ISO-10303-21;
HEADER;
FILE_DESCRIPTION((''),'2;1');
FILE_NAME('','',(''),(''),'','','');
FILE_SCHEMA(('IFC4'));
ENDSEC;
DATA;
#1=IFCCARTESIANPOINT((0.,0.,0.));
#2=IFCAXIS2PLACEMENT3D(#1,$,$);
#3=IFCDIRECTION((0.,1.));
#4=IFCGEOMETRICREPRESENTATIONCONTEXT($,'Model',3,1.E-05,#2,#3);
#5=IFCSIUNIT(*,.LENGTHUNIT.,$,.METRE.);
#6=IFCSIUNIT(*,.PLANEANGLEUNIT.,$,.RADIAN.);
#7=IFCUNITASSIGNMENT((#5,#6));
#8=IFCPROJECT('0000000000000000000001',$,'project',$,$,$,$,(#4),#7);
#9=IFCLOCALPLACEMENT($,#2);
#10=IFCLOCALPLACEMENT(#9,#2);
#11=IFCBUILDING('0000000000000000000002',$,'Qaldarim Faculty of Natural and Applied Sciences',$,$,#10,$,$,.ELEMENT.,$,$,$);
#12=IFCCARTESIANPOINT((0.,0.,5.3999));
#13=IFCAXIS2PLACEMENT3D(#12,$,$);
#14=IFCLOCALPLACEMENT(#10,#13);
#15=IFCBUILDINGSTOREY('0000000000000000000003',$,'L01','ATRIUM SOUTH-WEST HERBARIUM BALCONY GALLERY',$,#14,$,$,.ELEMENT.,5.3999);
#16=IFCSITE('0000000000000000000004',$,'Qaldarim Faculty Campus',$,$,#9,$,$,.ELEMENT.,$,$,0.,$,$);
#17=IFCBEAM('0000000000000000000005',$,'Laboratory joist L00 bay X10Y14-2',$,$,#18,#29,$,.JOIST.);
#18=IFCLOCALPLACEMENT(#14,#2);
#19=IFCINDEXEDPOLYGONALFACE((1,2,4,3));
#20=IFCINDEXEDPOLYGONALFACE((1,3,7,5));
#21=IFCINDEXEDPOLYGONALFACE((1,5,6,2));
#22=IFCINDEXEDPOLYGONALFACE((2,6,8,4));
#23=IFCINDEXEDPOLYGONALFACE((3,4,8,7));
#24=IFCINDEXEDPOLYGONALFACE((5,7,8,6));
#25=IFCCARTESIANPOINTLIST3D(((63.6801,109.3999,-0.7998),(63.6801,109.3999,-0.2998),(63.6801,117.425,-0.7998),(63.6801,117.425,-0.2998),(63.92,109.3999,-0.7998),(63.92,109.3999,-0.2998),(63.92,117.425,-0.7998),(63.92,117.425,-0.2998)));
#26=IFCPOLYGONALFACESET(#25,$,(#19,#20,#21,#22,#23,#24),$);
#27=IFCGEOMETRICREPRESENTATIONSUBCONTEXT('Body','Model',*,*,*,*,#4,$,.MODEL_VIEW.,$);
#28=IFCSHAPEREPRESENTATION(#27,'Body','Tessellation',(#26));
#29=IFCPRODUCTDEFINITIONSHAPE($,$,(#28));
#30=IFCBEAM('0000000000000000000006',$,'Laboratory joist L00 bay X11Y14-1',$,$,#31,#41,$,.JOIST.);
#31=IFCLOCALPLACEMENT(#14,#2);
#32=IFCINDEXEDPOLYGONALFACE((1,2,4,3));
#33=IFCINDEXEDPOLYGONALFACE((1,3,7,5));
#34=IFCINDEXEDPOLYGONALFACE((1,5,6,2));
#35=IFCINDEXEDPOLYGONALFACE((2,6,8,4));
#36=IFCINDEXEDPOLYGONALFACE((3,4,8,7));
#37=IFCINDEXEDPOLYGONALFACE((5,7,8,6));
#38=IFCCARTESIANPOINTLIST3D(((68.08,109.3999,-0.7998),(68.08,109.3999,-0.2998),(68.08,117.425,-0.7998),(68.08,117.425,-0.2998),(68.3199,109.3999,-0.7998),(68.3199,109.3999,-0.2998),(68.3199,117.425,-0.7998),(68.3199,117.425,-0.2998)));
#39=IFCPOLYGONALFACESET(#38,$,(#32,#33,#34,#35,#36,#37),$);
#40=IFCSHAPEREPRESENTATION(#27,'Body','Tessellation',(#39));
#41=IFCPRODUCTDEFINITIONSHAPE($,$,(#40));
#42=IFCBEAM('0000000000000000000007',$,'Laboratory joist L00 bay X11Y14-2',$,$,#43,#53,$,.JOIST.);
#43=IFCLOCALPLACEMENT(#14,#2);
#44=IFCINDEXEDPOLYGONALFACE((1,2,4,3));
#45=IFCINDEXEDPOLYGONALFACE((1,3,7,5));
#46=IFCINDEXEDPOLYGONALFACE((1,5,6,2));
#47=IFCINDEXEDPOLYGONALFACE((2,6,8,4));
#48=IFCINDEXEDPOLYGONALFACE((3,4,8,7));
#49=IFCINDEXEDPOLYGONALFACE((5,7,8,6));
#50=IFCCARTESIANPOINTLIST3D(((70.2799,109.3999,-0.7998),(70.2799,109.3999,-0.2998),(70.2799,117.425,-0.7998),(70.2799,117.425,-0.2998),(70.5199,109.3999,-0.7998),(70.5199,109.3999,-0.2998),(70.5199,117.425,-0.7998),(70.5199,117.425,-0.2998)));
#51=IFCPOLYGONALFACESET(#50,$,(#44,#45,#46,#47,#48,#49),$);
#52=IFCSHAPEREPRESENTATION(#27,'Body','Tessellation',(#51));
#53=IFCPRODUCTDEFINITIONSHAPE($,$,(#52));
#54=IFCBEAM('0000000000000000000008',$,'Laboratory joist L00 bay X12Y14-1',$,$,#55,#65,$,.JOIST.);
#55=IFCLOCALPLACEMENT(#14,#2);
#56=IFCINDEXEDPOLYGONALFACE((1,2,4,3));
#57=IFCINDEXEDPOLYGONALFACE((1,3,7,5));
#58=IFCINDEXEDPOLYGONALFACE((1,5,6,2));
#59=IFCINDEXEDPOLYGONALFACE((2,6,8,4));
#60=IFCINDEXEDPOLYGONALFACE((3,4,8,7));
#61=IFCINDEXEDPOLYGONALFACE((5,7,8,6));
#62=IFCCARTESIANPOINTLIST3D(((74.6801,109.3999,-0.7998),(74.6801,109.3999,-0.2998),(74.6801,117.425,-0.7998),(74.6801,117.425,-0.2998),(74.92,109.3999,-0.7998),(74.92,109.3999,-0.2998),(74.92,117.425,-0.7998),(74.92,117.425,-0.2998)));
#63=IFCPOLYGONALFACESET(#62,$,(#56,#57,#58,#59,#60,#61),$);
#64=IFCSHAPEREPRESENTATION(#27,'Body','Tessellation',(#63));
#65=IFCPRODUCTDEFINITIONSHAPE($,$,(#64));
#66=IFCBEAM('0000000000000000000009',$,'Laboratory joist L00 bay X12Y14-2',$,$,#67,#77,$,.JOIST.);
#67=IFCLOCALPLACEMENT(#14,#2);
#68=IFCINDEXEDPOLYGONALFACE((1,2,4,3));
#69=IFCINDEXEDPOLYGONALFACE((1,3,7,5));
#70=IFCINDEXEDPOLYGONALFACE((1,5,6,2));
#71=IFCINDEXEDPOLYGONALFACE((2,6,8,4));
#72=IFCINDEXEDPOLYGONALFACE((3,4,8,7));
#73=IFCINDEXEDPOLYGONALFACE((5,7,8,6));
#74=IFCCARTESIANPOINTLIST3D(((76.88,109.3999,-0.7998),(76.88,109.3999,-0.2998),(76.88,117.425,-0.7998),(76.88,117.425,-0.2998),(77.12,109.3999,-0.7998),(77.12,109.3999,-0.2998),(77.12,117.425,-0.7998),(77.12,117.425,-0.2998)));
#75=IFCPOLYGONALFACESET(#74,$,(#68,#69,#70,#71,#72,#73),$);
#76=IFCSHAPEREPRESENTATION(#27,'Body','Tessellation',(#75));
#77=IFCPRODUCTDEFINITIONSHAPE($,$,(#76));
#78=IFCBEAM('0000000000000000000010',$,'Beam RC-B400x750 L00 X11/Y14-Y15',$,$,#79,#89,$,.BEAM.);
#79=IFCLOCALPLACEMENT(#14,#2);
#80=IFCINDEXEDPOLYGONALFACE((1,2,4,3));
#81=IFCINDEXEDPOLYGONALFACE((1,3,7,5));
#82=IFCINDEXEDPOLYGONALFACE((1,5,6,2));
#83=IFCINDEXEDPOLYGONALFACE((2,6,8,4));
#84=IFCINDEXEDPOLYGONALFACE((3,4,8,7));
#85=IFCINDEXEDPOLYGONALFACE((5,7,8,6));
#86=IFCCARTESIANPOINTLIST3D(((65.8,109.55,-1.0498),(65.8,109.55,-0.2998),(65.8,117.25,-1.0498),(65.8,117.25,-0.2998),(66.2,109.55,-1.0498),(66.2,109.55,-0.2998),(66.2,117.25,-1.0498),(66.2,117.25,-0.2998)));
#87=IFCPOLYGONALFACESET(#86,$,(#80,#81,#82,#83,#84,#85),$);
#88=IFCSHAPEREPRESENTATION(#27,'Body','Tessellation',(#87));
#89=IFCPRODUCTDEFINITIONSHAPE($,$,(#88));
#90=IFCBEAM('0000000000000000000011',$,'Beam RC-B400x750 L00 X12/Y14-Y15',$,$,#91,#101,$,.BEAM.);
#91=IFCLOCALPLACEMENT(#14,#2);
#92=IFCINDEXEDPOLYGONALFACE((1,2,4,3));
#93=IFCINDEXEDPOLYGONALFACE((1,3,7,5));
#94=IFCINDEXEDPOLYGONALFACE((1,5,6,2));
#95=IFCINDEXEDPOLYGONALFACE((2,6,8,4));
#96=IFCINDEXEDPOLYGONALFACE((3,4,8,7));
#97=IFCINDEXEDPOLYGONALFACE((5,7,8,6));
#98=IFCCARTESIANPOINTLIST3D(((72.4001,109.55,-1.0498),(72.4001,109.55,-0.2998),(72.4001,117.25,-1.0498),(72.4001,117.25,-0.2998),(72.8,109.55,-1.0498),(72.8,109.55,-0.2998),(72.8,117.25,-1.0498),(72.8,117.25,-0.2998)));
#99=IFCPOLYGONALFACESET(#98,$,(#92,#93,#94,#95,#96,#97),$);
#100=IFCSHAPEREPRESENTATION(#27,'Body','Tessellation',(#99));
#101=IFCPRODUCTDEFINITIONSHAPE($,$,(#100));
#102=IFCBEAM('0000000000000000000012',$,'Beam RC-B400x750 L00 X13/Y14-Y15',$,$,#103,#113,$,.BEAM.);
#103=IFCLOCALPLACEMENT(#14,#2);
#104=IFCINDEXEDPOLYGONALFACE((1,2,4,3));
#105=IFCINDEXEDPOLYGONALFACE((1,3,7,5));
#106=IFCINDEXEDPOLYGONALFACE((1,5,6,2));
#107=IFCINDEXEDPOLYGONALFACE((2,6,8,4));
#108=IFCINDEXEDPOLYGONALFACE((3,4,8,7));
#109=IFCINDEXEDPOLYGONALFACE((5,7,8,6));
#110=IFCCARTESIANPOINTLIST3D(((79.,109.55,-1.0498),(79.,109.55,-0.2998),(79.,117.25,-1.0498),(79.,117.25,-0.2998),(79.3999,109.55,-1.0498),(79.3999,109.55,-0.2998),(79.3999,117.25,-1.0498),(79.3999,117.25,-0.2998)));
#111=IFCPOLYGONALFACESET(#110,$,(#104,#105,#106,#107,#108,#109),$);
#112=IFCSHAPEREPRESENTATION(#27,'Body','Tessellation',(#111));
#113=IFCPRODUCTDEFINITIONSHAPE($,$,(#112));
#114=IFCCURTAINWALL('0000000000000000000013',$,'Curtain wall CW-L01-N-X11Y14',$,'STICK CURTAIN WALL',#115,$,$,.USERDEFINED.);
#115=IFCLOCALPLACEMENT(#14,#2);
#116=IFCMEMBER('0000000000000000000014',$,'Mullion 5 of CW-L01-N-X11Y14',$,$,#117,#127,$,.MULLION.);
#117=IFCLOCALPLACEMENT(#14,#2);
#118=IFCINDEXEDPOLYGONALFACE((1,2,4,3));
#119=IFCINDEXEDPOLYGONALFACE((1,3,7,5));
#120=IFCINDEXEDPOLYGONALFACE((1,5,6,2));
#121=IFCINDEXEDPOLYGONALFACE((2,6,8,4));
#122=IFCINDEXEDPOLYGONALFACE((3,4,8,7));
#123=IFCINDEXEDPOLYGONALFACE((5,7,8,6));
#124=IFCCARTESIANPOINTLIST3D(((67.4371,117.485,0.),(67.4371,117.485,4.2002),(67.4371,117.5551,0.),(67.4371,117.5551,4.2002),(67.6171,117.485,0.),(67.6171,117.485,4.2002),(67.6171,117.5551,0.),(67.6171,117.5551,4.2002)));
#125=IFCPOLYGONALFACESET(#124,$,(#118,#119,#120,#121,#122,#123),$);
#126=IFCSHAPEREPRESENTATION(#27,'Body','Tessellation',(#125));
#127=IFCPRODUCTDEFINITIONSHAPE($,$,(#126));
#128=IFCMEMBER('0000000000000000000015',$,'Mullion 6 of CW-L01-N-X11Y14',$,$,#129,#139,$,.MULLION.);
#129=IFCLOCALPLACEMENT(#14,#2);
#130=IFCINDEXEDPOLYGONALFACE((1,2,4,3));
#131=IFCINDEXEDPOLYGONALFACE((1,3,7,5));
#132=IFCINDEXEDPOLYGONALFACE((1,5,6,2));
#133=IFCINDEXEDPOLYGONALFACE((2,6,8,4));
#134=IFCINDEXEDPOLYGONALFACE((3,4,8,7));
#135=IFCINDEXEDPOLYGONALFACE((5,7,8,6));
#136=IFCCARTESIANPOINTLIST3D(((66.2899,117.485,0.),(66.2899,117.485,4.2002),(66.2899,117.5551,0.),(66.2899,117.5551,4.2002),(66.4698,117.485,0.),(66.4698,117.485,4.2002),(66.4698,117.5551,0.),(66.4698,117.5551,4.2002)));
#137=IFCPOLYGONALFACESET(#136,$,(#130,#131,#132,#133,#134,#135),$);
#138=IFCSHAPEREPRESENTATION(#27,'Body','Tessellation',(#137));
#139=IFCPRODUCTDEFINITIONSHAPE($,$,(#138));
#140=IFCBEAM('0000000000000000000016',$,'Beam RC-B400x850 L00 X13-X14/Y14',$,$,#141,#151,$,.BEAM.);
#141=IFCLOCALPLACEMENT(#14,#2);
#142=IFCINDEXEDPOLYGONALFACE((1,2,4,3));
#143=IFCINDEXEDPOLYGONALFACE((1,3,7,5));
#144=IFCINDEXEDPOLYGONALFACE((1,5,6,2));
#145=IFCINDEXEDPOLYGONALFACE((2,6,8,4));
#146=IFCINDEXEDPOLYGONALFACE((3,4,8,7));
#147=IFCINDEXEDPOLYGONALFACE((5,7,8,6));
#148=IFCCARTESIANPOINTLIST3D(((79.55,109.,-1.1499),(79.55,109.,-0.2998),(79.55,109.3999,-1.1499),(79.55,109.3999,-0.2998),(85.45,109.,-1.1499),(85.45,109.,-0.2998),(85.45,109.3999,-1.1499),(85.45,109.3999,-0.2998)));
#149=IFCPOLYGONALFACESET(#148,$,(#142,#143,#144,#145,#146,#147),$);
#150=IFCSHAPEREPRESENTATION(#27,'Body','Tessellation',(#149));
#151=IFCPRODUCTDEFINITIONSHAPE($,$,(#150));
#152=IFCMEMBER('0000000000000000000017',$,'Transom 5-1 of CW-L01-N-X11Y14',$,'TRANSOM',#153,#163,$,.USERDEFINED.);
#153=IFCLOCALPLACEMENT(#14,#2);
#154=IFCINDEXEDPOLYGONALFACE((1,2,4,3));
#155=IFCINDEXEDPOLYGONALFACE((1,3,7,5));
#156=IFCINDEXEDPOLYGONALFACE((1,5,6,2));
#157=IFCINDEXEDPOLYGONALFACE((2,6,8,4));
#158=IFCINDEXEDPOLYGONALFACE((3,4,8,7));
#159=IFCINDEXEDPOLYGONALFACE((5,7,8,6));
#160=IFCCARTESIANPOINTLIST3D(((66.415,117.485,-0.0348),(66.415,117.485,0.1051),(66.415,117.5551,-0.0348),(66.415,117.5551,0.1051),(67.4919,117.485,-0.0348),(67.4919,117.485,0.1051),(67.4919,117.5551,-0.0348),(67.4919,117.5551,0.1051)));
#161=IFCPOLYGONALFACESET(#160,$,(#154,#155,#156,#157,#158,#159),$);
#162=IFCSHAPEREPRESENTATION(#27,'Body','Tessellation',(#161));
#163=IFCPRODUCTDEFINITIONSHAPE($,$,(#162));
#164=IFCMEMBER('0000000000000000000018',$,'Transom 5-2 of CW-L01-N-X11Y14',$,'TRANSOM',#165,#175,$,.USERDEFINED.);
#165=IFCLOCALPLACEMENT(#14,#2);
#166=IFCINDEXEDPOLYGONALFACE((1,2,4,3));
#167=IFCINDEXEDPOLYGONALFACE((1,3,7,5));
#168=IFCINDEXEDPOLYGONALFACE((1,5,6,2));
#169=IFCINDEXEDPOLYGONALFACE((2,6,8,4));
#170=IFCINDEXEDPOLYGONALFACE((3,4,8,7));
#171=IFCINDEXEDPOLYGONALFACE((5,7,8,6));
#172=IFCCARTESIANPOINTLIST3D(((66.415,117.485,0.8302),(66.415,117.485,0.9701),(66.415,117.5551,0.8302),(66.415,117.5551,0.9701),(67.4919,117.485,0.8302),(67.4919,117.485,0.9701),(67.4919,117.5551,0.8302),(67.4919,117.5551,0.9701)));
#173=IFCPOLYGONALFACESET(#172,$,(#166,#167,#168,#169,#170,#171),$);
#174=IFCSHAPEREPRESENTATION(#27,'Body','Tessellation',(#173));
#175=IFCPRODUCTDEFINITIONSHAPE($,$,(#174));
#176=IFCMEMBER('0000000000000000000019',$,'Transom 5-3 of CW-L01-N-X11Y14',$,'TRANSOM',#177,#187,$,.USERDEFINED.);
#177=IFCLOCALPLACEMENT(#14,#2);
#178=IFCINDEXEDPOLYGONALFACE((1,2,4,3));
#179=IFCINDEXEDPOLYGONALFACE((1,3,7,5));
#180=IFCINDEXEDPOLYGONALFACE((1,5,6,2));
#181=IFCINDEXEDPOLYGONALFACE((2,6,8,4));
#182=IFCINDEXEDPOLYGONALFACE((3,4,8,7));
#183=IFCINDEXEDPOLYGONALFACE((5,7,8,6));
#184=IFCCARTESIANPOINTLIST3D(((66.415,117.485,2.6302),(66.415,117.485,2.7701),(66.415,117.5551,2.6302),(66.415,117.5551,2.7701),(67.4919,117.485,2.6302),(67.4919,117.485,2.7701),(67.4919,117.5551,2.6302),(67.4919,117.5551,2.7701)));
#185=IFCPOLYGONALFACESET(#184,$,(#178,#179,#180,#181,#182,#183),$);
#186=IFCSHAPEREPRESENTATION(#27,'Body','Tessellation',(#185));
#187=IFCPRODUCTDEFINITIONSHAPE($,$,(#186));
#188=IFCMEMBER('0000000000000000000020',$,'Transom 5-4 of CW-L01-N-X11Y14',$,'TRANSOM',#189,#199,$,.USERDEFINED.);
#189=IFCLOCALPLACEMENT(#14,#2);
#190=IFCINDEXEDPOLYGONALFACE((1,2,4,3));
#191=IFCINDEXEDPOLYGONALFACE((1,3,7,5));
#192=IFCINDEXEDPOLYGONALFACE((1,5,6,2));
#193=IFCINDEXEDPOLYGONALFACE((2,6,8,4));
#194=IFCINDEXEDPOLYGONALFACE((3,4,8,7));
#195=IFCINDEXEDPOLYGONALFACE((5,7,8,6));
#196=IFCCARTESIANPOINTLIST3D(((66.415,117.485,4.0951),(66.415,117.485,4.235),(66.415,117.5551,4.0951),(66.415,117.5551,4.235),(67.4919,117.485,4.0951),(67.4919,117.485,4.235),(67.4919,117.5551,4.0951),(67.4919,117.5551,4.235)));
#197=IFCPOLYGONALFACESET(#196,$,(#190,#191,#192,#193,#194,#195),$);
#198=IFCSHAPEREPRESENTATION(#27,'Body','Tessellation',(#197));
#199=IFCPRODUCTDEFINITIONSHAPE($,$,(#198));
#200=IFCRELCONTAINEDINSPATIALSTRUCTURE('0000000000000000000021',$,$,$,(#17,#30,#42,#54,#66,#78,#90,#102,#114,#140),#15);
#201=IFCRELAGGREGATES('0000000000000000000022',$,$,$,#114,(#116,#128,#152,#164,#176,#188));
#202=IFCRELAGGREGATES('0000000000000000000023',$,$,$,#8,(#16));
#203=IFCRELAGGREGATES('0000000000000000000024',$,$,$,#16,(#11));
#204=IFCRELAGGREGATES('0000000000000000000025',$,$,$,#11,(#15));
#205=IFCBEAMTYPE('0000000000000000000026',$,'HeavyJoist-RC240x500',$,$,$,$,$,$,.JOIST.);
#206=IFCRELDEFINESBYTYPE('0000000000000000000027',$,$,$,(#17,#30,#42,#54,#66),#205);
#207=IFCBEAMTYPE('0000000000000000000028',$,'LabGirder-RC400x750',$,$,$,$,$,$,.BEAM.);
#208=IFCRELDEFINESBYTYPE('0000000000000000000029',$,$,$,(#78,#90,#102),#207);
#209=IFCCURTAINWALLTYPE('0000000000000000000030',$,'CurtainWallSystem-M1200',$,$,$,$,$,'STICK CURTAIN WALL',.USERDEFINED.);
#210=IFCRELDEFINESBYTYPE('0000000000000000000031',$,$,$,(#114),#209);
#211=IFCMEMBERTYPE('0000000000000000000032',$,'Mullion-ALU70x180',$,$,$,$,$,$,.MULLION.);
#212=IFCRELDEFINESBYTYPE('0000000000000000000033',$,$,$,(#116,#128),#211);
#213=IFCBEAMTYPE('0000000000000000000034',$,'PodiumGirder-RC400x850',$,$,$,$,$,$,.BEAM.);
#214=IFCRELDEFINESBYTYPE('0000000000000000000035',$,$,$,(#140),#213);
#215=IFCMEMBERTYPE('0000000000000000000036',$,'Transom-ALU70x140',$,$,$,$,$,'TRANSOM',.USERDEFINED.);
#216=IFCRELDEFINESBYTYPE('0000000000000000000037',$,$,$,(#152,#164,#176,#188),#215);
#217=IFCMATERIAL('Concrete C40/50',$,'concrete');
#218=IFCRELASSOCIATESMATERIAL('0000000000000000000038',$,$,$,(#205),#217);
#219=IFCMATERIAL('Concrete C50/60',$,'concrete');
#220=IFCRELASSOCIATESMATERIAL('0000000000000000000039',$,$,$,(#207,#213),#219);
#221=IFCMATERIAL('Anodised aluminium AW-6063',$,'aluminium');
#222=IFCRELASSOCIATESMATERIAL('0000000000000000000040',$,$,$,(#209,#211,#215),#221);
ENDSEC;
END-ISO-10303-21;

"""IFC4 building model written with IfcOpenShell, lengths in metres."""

from ifc_helpers import new_model, si_unit, direction, frame, origin, origin_2d, place, context, subcontext, project, spatial, rectangle, extrude, material, material_profile, profile_set, type_object, element, aggregate, save


model = new_model("IFC4")

# Units and contexts
model_context = context("Model", 3, precision=1e-05, world=origin(), true_north=direction((0.0, 1.0)))
body_context = subcontext(model_context, "Body", "Model", "MODEL_VIEW")
ifc_project = project(units=[si_unit("LENGTHUNIT", "METRE"), si_unit("PLANEANGLEUNIT", "RADIAN")], contexts=[model_context])

# Site, building, storey
site_placement = place(None, origin())
site = spatial("IfcSite", under=ifc_project, at=site_placement, Name="Qaldarim Faculty Campus", CompositionType="ELEMENT", RefElevation=0.0)
building_placement = place(site_placement, origin())
building = spatial("IfcBuilding", under=site, at=building_placement, Name="Qaldarim Faculty of Natural and Applied Sciences", CompositionType="ELEMENT")
storey_placement = place(building_placement, frame((0.0, 0.0, 5.3999)))
storey = spatial("IfcBuildingStorey", under=building, at=storey_placement, Name="L01", Description="ATRIUM SOUTH-WEST HERBARIUM BALCONY GALLERY", CompositionType="ELEMENT", Elevation=5.3999)

# Beams
ifc_material_1 = material(Name="Concrete C40/50", Category="concrete")
ifc_material_profile_1 = material_profile(ifc_material_1, rectangle(XDim=0.24, YDim=0.5, at=origin_2d()), Name="RC-J240x500")
ifc_profile_set_1 = profile_set([ifc_material_profile_1], Name="Concrete C40/50")
beam_type_1 = type_object("IfcBeamType", Name="HeavyJoist-RC240x500", PredefinedType="JOIST", material=ifc_profile_set_1)
for number, where, z_axis, x_axis, name in (
    (1, (63.8, 109.3999, -0.5498), (0.0, 1.0, 0.0), (-1.0, 0.0, 0.0), "Laboratory joist L00 bay X10Y14-2"),
    (2, (68.2, 109.3999, -0.5498), (0.0, 1.0, 0.0), (-1.0, 0.0, 0.0), "Laboratory joist L00 bay X11Y14-1"),
    (3, (70.3999, 109.3999, -0.5498), (0.0, 1.0, 0.0), (-1.0, 0.0, 0.0), "Laboratory joist L00 bay X11Y14-2"),
    (4, (74.8, 109.3999, -0.5498), (0.0, 1.0, 0.0), (-1.0, 0.0, 0.0), "Laboratory joist L00 bay X12Y14-1"),
    (5, (77.0, 109.3999, -0.5498), (0.0, 1.0, 0.0), (-1.0, 0.0, 0.0), "Laboratory joist L00 bay X12Y14-2"),
):
    element("IfcBeam", number, at=place(storey_placement, frame(where, z_axis=z_axis, x_axis=x_axis)), inside=storey, type_object=beam_type_1, Name=name, PredefinedType="JOIST", context=body_context, shape_type="SweptSolid", body=[
        extrude(rectangle(XDim=0.24, YDim=0.5, at=origin_2d()), origin(), (0.0, 0.0, 1.0), 8.0251),
    ])
ifc_material_2 = material(Name="Concrete C50/60", Category="concrete")
ifc_material_profile_2 = material_profile(ifc_material_2, rectangle(XDim=0.3999, YDim=0.75, at=origin_2d()), Name="RC-B400x750")
ifc_profile_set_2 = profile_set([ifc_material_profile_2], Name="Concrete C50/60")
beam_type_2 = type_object("IfcBeamType", Name="LabGirder-RC400x750", PredefinedType="BEAM", material=ifc_profile_set_2)
for number, where, z_axis, x_axis, name in (
    (6, (66.0, 109.55, -0.6748), (0.0, 1.0, 0.0), (-1.0, 0.0, 0.0), "Beam RC-B400x750 L00 X11/Y14-Y15"),
    (7, (72.6001, 109.55, -0.6748), (0.0, 1.0, 0.0), (-1.0, 0.0, 0.0), "Beam RC-B400x750 L00 X12/Y14-Y15"),
    (8, (79.2, 109.55, -0.6748), (0.0, 1.0, 0.0), (-1.0, 0.0, 0.0), "Beam RC-B400x750 L00 X13/Y14-Y15"),
):
    element("IfcBeam", number, at=place(storey_placement, frame(where, z_axis=z_axis, x_axis=x_axis)), inside=storey, type_object=beam_type_2, Name=name, PredefinedType="BEAM", context=body_context, shape_type="SweptSolid", body=[
        extrude(rectangle(XDim=0.3999, YDim=0.75, at=origin_2d()), origin(), (0.0, 0.0, 1.0), 7.7),
    ])

# Curtain wall, members
ifc_material_3 = material(Name="Anodised aluminium AW-6063", Category="aluminium")
curtain_wall_type = type_object("IfcCurtainWallType", Name="CurtainWallSystem-M1200", ElementType="STICK CURTAIN WALL", PredefinedType="USERDEFINED", material=ifc_material_3)
curtain_wall_placement = place(storey_placement, origin())
curtain_wall = element("IfcCurtainWall", 9, at=curtain_wall_placement, inside=storey, type_object=curtain_wall_type, Name="Curtain wall CW-L01-N-X11Y14", ObjectType="STICK CURTAIN WALL", PredefinedType="USERDEFINED")
ifc_material_profile_3 = material_profile(ifc_material_3, rectangle(XDim=0.0701, YDim=0.1799, at=origin_2d()), Name="ALU-M70x180")
ifc_profile_set_3 = profile_set([ifc_material_profile_3], Name="Anodised aluminium AW-6063")
member_type_1 = type_object("IfcMemberType", Name="Mullion-ALU70x180", PredefinedType="MULLION", material=ifc_profile_set_3)
member_1_placement = place(storey_placement, frame((67.5271, 117.52, 0.0), z_axis=(0.0, 0.0, 1.0), x_axis=(0.0, -1.0, 0.0)))
member_1 = element("IfcMember", 10, at=member_1_placement, type_object=member_type_1, Name="Mullion 5 of CW-L01-N-X11Y14", PredefinedType="MULLION", context=body_context, shape_type="SweptSolid", body=[
    extrude(rectangle(XDim=0.0701, YDim=0.1799, at=origin_2d()), origin(), (0.0, 0.0, 1.0), 4.2002),
])
member_2_placement = place(storey_placement, frame((66.3799, 117.52, 0.0), z_axis=(0.0, 0.0, 1.0), x_axis=(0.0, -1.0, 0.0)))
member_2 = element("IfcMember", 11, at=member_2_placement, type_object=member_type_1, Name="Mullion 6 of CW-L01-N-X11Y14", PredefinedType="MULLION", context=body_context, shape_type="SweptSolid", body=[
    extrude(rectangle(XDim=0.0701, YDim=0.1799, at=origin_2d()), origin(), (0.0, 0.0, 1.0), 4.2002),
])

# Beam
ifc_material_profile_4 = material_profile(ifc_material_2, rectangle(XDim=0.3999, YDim=0.8501, at=origin_2d()), Name="RC-B400x850")
ifc_profile_set_4 = profile_set([ifc_material_profile_4], Name="Concrete C50/60")
beam_type_3 = type_object("IfcBeamType", Name="PodiumGirder-RC400x850", PredefinedType="BEAM", material=ifc_profile_set_4)
beam_placement = place(storey_placement, frame((79.55, 109.2, -0.7249), z_axis=(1.0, 0.0, 0.0), x_axis=(0.0, 1.0, 0.0)))
element("IfcBeam", 12, at=beam_placement, inside=storey, type_object=beam_type_3, Name="Beam RC-B400x850 L00 X13-X14/Y14", PredefinedType="BEAM", context=body_context, shape_type="SweptSolid", body=[
    extrude(rectangle(XDim=0.3999, YDim=0.8501, at=origin_2d()), origin(), (0.0, 0.0, 1.0), 5.8999),
])

# Members
ifc_material_profile_5 = material_profile(ifc_material_3, rectangle(XDim=0.0701, YDim=0.1399, at=origin_2d()), Name="ALU-T70x140")
ifc_profile_set_5 = profile_set([ifc_material_profile_5], Name="Anodised aluminium AW-6063")
member_type_2 = type_object("IfcMemberType", Name="Transom-ALU70x140", ElementType="TRANSOM", PredefinedType="USERDEFINED", material=ifc_profile_set_5)
member_3_placement = place(storey_placement, frame((67.4919, 117.52, 0.0352), z_axis=(-1.0, 0.0, 0.0), x_axis=(0.0, -1.0, 0.0)))
member_3 = element("IfcMember", 13, at=member_3_placement, type_object=member_type_2, Name="Transom 5-1 of CW-L01-N-X11Y14", ObjectType="TRANSOM", PredefinedType="USERDEFINED", context=body_context, shape_type="SweptSolid", body=[
    extrude(rectangle(XDim=0.0701, YDim=0.1399, at=origin_2d()), origin(), (0.0, 0.0, 1.0), 1.0769),
])
member_4_placement = place(storey_placement, frame((67.4919, 117.52, 0.9001), z_axis=(-1.0, 0.0, 0.0), x_axis=(0.0, -1.0, 0.0)))
member_4 = element("IfcMember", 14, at=member_4_placement, type_object=member_type_2, Name="Transom 5-2 of CW-L01-N-X11Y14", ObjectType="TRANSOM", PredefinedType="USERDEFINED", context=body_context, shape_type="SweptSolid", body=[
    extrude(rectangle(XDim=0.0701, YDim=0.1399, at=origin_2d()), origin(), (0.0, 0.0, 1.0), 1.0769),
])
member_5_placement = place(storey_placement, frame((67.4919, 117.52, 2.7002), z_axis=(-1.0, 0.0, 0.0), x_axis=(0.0, -1.0, 0.0)))
member_5 = element("IfcMember", 15, at=member_5_placement, type_object=member_type_2, Name="Transom 5-3 of CW-L01-N-X11Y14", ObjectType="TRANSOM", PredefinedType="USERDEFINED", context=body_context, shape_type="SweptSolid", body=[
    extrude(rectangle(XDim=0.0701, YDim=0.1399, at=origin_2d()), origin(), (0.0, 0.0, 1.0), 1.0769),
])
member_6_placement = place(storey_placement, frame((67.4919, 117.52, 4.165), z_axis=(-1.0, 0.0, 0.0), x_axis=(0.0, -1.0, 0.0)))
member_6 = element("IfcMember", 16, at=member_6_placement, type_object=member_type_2, Name="Transom 5-4 of CW-L01-N-X11Y14", ObjectType="TRANSOM", PredefinedType="USERDEFINED", context=body_context, shape_type="SweptSolid", body=[
    extrude(rectangle(XDim=0.0701, YDim=0.1399, at=origin_2d()), origin(), (0.0, 0.0, 1.0), 1.0769),
])

aggregate(curtain_wall, [member_1, member_2, member_3, member_4, member_5, member_6])

save(model, "model.ifc")
